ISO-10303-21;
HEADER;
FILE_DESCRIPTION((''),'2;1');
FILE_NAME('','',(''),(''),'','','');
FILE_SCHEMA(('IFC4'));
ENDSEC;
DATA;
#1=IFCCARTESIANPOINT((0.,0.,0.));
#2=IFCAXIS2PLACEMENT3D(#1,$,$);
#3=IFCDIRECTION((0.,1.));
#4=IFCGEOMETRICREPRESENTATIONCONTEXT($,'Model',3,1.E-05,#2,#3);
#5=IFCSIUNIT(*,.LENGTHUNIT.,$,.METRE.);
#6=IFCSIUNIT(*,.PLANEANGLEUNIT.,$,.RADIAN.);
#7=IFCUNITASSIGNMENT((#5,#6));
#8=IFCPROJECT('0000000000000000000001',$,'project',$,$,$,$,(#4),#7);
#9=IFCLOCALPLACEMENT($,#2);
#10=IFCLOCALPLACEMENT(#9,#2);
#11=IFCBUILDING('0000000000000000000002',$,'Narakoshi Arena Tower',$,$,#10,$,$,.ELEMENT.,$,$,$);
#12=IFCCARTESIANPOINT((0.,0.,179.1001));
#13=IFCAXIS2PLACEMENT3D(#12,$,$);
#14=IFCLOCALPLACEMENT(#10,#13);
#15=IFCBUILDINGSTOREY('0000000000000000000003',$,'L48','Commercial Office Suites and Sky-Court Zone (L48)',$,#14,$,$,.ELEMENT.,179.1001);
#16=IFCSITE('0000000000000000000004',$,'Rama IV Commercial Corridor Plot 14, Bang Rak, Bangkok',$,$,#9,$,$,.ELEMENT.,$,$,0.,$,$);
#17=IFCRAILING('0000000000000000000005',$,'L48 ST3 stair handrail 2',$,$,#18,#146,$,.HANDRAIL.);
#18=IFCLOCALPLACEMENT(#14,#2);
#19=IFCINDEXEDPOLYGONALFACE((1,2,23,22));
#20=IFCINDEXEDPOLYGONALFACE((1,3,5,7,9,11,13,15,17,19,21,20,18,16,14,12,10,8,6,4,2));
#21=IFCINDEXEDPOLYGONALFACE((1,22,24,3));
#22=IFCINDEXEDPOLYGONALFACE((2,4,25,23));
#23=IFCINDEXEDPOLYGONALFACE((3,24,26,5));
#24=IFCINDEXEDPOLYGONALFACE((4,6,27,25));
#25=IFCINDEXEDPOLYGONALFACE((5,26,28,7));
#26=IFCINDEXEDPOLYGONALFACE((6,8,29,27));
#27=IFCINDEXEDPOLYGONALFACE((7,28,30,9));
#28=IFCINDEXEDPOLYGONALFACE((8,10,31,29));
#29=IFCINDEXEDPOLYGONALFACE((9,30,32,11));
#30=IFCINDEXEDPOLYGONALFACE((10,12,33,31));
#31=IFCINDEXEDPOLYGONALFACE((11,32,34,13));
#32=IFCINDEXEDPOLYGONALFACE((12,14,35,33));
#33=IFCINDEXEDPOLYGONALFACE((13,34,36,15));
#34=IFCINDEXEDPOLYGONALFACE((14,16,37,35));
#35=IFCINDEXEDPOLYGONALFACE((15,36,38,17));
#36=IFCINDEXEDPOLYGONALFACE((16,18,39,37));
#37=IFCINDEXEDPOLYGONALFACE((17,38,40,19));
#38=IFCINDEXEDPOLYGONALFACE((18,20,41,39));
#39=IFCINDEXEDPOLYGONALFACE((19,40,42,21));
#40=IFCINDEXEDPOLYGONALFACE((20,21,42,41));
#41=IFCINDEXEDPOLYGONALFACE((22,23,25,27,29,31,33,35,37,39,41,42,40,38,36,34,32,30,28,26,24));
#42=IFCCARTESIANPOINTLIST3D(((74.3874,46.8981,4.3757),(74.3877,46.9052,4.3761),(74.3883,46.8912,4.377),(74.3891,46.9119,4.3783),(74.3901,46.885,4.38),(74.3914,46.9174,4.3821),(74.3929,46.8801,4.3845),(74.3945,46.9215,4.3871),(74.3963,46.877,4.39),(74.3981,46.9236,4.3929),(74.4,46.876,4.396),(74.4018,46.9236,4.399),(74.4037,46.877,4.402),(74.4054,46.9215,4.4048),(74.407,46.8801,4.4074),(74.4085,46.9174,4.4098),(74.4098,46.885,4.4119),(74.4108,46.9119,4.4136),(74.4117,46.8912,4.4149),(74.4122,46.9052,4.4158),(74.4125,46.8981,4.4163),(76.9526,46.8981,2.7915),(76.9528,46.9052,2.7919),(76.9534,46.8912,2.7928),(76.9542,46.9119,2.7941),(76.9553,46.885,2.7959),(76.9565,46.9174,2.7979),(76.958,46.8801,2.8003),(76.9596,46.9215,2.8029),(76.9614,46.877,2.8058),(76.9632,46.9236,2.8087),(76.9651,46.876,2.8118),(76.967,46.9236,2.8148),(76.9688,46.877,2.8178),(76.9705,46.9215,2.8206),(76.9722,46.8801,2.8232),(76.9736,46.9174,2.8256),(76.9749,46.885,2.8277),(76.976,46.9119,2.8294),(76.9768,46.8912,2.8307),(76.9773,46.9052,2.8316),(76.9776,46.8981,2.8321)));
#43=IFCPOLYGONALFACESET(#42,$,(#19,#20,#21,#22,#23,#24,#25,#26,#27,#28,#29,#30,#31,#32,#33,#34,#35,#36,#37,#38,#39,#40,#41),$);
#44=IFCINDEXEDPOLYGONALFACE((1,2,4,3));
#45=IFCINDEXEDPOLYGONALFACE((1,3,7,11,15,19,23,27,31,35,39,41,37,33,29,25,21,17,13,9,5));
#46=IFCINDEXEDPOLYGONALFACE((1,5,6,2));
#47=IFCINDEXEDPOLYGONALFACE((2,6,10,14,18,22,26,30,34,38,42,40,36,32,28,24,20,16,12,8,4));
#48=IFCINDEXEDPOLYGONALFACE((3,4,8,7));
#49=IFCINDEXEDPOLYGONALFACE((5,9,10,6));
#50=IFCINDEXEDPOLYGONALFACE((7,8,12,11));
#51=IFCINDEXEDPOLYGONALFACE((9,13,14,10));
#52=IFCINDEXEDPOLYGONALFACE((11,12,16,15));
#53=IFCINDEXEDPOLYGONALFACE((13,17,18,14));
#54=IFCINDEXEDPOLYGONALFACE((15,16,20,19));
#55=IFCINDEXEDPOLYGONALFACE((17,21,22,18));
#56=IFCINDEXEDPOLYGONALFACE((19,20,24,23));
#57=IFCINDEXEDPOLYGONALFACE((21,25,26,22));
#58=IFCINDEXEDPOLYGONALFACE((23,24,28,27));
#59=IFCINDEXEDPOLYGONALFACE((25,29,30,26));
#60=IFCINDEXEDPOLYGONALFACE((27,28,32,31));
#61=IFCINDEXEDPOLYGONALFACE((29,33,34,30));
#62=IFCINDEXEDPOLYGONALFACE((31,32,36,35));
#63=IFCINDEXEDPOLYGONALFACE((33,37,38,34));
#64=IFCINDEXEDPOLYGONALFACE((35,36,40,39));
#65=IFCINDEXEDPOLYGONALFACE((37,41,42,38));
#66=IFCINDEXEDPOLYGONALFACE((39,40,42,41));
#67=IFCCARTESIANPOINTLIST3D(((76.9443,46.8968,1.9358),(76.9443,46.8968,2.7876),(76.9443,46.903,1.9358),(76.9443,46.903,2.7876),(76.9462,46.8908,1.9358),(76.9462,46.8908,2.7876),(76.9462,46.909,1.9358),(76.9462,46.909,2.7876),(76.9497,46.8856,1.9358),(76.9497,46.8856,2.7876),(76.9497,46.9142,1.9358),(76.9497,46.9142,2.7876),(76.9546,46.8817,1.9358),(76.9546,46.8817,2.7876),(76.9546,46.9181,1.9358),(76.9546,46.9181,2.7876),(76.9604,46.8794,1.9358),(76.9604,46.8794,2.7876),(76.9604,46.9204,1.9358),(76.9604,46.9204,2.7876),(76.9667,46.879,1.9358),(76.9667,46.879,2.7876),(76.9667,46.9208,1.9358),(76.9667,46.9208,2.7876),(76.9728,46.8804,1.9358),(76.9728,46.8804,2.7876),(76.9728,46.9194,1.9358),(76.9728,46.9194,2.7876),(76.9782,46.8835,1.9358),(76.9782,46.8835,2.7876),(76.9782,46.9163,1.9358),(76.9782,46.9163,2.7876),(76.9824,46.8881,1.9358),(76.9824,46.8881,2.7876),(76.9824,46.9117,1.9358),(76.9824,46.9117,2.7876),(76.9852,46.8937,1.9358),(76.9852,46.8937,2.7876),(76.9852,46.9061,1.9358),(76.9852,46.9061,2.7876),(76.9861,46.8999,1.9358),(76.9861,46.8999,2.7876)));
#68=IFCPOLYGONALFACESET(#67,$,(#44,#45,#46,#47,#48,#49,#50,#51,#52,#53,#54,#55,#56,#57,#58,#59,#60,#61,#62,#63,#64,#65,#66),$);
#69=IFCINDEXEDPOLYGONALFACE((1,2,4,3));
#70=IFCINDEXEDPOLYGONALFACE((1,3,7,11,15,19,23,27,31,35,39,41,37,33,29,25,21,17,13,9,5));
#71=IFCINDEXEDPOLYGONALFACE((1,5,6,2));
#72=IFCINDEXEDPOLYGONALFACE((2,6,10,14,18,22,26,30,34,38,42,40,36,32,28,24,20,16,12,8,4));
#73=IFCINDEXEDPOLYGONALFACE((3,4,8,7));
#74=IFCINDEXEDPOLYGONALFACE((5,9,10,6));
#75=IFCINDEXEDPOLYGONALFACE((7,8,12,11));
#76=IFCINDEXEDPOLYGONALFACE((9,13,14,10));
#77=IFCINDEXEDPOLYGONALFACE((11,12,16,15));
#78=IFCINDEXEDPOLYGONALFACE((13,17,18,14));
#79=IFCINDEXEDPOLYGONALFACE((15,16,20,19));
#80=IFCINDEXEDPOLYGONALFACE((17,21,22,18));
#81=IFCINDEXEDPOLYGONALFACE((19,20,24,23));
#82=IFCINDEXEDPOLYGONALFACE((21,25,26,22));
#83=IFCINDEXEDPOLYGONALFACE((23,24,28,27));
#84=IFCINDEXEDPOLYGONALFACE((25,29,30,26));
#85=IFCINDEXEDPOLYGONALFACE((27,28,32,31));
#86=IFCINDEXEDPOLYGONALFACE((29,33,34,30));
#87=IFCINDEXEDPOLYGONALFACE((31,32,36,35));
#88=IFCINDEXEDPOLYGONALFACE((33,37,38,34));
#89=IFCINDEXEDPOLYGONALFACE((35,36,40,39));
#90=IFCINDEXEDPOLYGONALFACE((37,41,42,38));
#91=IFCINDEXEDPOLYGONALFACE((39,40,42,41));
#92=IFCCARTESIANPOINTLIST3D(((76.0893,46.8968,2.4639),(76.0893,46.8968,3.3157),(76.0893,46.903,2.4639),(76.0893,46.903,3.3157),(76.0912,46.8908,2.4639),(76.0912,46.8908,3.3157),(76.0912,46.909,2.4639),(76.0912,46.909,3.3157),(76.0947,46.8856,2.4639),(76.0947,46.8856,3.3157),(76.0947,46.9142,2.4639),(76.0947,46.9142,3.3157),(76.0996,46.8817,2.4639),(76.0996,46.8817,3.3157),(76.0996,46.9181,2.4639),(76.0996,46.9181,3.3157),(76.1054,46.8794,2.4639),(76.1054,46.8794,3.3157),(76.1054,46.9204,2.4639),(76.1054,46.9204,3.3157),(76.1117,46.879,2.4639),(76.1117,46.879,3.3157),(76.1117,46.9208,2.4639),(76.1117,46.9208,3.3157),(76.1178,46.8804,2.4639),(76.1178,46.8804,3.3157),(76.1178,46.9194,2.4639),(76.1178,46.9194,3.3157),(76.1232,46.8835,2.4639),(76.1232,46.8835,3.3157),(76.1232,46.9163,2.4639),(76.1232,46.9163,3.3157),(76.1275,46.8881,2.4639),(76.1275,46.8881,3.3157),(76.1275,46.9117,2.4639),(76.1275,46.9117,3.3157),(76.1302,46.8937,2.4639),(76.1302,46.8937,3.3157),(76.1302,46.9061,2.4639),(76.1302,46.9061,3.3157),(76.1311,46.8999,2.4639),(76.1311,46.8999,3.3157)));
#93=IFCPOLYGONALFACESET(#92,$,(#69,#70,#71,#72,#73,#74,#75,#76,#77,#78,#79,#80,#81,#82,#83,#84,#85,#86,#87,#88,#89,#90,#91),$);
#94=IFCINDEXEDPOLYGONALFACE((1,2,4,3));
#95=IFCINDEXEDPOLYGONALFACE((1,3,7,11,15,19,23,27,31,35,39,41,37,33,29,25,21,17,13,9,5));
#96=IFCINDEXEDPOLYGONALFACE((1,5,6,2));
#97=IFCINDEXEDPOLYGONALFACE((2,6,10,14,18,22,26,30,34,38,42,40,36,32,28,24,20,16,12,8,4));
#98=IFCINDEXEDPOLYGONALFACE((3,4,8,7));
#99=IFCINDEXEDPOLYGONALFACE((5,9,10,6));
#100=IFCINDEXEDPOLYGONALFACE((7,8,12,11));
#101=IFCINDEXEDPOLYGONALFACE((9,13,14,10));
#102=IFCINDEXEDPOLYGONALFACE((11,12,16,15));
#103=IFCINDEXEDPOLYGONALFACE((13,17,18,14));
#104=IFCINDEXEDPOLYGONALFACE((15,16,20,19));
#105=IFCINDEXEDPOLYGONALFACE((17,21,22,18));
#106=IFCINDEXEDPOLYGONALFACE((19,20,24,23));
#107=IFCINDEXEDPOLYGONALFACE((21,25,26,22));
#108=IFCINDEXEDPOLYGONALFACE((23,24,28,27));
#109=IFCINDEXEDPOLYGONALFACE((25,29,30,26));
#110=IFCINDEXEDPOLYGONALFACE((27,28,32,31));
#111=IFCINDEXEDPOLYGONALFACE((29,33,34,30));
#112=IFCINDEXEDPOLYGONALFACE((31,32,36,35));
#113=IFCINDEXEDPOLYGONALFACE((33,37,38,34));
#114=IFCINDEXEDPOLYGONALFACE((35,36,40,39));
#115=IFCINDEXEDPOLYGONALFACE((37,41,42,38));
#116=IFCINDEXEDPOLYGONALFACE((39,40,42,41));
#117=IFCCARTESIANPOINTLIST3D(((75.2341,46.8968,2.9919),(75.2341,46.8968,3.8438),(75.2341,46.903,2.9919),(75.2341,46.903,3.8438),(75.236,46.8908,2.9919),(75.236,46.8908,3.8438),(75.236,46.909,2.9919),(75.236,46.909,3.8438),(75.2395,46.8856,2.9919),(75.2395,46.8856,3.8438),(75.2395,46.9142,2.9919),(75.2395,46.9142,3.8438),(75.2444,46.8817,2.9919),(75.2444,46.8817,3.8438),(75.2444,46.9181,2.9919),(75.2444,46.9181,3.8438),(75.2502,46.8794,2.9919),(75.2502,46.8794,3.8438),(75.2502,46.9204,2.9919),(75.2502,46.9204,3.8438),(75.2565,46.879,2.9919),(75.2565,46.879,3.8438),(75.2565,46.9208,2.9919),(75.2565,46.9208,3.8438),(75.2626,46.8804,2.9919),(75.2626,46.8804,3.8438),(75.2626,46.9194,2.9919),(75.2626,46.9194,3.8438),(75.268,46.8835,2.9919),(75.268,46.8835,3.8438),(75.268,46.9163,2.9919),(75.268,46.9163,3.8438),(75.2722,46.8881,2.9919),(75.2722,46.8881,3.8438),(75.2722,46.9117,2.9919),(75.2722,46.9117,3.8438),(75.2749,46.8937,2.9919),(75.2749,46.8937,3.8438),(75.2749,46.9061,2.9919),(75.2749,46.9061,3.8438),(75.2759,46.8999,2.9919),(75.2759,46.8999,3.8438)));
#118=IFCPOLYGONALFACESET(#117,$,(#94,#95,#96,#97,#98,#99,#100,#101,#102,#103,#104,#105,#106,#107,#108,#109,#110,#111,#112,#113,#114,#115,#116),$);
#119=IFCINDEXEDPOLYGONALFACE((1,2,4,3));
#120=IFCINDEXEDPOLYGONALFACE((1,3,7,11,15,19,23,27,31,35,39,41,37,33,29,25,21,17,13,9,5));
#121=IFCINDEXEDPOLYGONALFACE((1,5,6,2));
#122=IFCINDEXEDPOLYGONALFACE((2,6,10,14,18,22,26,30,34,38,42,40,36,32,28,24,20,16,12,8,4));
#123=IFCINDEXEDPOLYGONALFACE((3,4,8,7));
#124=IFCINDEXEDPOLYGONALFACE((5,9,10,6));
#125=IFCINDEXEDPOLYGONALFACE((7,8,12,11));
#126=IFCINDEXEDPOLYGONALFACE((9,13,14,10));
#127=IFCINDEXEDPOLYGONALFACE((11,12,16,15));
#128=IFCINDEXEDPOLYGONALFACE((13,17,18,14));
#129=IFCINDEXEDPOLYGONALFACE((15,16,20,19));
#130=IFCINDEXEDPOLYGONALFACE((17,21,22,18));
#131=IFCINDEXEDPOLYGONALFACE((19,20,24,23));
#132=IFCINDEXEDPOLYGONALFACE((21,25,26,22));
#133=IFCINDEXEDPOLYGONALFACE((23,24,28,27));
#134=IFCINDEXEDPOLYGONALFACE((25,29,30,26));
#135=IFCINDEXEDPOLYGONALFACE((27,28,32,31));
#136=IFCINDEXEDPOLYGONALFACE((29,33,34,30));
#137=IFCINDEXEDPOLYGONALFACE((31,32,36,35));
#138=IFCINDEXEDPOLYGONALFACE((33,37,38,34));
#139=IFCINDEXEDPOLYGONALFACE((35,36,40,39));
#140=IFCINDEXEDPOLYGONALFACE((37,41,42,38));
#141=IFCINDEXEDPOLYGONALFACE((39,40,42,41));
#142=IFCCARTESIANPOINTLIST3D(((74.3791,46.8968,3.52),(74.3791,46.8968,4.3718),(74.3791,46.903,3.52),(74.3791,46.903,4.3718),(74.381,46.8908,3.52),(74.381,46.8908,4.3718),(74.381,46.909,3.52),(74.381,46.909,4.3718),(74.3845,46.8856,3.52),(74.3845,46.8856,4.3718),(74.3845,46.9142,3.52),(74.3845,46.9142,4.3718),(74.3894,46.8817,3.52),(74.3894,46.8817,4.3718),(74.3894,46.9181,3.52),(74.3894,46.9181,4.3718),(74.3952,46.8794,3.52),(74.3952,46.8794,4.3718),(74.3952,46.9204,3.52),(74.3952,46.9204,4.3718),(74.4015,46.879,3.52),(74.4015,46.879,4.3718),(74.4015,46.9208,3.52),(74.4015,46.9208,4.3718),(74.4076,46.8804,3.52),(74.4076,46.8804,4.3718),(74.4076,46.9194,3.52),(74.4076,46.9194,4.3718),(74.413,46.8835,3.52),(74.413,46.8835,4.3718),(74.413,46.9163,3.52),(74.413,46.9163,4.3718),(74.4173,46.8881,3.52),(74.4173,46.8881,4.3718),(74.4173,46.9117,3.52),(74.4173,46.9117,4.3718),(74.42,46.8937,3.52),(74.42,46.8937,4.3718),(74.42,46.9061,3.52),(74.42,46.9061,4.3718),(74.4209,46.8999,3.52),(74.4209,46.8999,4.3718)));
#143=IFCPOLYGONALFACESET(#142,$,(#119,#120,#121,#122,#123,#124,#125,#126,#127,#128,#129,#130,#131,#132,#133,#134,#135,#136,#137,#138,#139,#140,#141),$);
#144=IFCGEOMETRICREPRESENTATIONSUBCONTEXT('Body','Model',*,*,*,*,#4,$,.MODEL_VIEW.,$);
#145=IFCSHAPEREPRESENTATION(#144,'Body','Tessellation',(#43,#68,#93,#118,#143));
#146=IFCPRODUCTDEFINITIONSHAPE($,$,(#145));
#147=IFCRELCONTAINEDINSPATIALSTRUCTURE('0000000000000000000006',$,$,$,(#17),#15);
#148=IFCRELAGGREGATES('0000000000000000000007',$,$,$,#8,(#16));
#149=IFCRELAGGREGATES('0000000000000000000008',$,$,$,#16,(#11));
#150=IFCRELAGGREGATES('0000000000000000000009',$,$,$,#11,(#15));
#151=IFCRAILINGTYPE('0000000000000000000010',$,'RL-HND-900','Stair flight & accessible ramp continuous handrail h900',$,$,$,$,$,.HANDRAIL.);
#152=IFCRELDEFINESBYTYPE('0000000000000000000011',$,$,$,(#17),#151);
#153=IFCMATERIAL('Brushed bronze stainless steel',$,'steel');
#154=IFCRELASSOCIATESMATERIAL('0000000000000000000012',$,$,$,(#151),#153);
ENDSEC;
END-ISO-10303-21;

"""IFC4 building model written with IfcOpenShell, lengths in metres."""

from ifc_helpers import new_model, si_unit, direction, frame, origin, origin_2d, place, context, subcontext, project, spatial, circle, extrude, material, type_object, element, save


model = new_model("IFC4")

# Units and contexts
model_context = context("Model", 3, precision=1e-05, world=origin(), true_north=direction((0.0, 1.0)))
body_context = subcontext(model_context, "Body", "Model", "MODEL_VIEW")
ifc_project = project(units=[si_unit("LENGTHUNIT", "METRE"), si_unit("PLANEANGLEUNIT", "RADIAN")], contexts=[model_context])

# Site, building, storey
site_placement = place(None, origin())
site = spatial("IfcSite", under=ifc_project, at=site_placement, Name="Rama IV Commercial Corridor Plot 14, Bang Rak, Bangkok", CompositionType="ELEMENT", RefElevation=0.0)
building_placement = place(site_placement, origin())
building = spatial("IfcBuilding", under=site, at=building_placement, Name="Narakoshi Arena Tower", CompositionType="ELEMENT")
storey_placement = place(building_placement, frame((0.0, 0.0, 179.1001)))
storey = spatial("IfcBuildingStorey", under=building, at=storey_placement, Name="L48", Description="Commercial Office Suites and Sky-Court Zone (L48)", CompositionType="ELEMENT", Elevation=179.1001)

# Railing
ifc_material_1 = material(Name="Brushed bronze stainless steel", Category="steel")
railing_type_1 = type_object("IfcRailingType", Name="RL-HND-900", Description="Stair flight & accessible ramp continuous handrail h900", PredefinedType="HANDRAIL", material=ifc_material_1)
railing_1_placement = place(storey_placement, frame((76.9651, 46.8999, 1.9358)))
element("IfcRailing", 1, at=railing_1_placement, inside=storey, type_object=railing_type_1, Name="L48 ST3 stair handrail 2", PredefinedType="HANDRAIL", context=body_context, shape_type="SweptSolid", body=[
    extrude(circle(Radius=0.0239, at=origin_2d()), frame((0.0, 0.0, 0.876), z_axis=(-0.85082, 0.0, 0.525457), x_axis=(0.0, -1.0, 0.0)), (0.0, 0.0, 1.0), 3.0149),
    extrude(circle(Radius=0.021, at=origin_2d()), origin(), (0.0, 0.0, 1.0), 0.8518),
    extrude(circle(Radius=0.021, at=origin_2d()), frame((-0.855, 0.0, 0.5281)), (0.0, 0.0, 1.0), 0.8518),
    extrude(circle(Radius=0.021, at=origin_2d()), frame((-1.7102, 0.0, 1.0562)), (0.0, 0.0, 1.0), 0.8518),
    extrude(circle(Radius=0.021, at=origin_2d()), frame((-2.5652, 0.0, 1.5842)), (0.0, 0.0, 1.0), 0.8518),
])

save(model, "model.ifc")
